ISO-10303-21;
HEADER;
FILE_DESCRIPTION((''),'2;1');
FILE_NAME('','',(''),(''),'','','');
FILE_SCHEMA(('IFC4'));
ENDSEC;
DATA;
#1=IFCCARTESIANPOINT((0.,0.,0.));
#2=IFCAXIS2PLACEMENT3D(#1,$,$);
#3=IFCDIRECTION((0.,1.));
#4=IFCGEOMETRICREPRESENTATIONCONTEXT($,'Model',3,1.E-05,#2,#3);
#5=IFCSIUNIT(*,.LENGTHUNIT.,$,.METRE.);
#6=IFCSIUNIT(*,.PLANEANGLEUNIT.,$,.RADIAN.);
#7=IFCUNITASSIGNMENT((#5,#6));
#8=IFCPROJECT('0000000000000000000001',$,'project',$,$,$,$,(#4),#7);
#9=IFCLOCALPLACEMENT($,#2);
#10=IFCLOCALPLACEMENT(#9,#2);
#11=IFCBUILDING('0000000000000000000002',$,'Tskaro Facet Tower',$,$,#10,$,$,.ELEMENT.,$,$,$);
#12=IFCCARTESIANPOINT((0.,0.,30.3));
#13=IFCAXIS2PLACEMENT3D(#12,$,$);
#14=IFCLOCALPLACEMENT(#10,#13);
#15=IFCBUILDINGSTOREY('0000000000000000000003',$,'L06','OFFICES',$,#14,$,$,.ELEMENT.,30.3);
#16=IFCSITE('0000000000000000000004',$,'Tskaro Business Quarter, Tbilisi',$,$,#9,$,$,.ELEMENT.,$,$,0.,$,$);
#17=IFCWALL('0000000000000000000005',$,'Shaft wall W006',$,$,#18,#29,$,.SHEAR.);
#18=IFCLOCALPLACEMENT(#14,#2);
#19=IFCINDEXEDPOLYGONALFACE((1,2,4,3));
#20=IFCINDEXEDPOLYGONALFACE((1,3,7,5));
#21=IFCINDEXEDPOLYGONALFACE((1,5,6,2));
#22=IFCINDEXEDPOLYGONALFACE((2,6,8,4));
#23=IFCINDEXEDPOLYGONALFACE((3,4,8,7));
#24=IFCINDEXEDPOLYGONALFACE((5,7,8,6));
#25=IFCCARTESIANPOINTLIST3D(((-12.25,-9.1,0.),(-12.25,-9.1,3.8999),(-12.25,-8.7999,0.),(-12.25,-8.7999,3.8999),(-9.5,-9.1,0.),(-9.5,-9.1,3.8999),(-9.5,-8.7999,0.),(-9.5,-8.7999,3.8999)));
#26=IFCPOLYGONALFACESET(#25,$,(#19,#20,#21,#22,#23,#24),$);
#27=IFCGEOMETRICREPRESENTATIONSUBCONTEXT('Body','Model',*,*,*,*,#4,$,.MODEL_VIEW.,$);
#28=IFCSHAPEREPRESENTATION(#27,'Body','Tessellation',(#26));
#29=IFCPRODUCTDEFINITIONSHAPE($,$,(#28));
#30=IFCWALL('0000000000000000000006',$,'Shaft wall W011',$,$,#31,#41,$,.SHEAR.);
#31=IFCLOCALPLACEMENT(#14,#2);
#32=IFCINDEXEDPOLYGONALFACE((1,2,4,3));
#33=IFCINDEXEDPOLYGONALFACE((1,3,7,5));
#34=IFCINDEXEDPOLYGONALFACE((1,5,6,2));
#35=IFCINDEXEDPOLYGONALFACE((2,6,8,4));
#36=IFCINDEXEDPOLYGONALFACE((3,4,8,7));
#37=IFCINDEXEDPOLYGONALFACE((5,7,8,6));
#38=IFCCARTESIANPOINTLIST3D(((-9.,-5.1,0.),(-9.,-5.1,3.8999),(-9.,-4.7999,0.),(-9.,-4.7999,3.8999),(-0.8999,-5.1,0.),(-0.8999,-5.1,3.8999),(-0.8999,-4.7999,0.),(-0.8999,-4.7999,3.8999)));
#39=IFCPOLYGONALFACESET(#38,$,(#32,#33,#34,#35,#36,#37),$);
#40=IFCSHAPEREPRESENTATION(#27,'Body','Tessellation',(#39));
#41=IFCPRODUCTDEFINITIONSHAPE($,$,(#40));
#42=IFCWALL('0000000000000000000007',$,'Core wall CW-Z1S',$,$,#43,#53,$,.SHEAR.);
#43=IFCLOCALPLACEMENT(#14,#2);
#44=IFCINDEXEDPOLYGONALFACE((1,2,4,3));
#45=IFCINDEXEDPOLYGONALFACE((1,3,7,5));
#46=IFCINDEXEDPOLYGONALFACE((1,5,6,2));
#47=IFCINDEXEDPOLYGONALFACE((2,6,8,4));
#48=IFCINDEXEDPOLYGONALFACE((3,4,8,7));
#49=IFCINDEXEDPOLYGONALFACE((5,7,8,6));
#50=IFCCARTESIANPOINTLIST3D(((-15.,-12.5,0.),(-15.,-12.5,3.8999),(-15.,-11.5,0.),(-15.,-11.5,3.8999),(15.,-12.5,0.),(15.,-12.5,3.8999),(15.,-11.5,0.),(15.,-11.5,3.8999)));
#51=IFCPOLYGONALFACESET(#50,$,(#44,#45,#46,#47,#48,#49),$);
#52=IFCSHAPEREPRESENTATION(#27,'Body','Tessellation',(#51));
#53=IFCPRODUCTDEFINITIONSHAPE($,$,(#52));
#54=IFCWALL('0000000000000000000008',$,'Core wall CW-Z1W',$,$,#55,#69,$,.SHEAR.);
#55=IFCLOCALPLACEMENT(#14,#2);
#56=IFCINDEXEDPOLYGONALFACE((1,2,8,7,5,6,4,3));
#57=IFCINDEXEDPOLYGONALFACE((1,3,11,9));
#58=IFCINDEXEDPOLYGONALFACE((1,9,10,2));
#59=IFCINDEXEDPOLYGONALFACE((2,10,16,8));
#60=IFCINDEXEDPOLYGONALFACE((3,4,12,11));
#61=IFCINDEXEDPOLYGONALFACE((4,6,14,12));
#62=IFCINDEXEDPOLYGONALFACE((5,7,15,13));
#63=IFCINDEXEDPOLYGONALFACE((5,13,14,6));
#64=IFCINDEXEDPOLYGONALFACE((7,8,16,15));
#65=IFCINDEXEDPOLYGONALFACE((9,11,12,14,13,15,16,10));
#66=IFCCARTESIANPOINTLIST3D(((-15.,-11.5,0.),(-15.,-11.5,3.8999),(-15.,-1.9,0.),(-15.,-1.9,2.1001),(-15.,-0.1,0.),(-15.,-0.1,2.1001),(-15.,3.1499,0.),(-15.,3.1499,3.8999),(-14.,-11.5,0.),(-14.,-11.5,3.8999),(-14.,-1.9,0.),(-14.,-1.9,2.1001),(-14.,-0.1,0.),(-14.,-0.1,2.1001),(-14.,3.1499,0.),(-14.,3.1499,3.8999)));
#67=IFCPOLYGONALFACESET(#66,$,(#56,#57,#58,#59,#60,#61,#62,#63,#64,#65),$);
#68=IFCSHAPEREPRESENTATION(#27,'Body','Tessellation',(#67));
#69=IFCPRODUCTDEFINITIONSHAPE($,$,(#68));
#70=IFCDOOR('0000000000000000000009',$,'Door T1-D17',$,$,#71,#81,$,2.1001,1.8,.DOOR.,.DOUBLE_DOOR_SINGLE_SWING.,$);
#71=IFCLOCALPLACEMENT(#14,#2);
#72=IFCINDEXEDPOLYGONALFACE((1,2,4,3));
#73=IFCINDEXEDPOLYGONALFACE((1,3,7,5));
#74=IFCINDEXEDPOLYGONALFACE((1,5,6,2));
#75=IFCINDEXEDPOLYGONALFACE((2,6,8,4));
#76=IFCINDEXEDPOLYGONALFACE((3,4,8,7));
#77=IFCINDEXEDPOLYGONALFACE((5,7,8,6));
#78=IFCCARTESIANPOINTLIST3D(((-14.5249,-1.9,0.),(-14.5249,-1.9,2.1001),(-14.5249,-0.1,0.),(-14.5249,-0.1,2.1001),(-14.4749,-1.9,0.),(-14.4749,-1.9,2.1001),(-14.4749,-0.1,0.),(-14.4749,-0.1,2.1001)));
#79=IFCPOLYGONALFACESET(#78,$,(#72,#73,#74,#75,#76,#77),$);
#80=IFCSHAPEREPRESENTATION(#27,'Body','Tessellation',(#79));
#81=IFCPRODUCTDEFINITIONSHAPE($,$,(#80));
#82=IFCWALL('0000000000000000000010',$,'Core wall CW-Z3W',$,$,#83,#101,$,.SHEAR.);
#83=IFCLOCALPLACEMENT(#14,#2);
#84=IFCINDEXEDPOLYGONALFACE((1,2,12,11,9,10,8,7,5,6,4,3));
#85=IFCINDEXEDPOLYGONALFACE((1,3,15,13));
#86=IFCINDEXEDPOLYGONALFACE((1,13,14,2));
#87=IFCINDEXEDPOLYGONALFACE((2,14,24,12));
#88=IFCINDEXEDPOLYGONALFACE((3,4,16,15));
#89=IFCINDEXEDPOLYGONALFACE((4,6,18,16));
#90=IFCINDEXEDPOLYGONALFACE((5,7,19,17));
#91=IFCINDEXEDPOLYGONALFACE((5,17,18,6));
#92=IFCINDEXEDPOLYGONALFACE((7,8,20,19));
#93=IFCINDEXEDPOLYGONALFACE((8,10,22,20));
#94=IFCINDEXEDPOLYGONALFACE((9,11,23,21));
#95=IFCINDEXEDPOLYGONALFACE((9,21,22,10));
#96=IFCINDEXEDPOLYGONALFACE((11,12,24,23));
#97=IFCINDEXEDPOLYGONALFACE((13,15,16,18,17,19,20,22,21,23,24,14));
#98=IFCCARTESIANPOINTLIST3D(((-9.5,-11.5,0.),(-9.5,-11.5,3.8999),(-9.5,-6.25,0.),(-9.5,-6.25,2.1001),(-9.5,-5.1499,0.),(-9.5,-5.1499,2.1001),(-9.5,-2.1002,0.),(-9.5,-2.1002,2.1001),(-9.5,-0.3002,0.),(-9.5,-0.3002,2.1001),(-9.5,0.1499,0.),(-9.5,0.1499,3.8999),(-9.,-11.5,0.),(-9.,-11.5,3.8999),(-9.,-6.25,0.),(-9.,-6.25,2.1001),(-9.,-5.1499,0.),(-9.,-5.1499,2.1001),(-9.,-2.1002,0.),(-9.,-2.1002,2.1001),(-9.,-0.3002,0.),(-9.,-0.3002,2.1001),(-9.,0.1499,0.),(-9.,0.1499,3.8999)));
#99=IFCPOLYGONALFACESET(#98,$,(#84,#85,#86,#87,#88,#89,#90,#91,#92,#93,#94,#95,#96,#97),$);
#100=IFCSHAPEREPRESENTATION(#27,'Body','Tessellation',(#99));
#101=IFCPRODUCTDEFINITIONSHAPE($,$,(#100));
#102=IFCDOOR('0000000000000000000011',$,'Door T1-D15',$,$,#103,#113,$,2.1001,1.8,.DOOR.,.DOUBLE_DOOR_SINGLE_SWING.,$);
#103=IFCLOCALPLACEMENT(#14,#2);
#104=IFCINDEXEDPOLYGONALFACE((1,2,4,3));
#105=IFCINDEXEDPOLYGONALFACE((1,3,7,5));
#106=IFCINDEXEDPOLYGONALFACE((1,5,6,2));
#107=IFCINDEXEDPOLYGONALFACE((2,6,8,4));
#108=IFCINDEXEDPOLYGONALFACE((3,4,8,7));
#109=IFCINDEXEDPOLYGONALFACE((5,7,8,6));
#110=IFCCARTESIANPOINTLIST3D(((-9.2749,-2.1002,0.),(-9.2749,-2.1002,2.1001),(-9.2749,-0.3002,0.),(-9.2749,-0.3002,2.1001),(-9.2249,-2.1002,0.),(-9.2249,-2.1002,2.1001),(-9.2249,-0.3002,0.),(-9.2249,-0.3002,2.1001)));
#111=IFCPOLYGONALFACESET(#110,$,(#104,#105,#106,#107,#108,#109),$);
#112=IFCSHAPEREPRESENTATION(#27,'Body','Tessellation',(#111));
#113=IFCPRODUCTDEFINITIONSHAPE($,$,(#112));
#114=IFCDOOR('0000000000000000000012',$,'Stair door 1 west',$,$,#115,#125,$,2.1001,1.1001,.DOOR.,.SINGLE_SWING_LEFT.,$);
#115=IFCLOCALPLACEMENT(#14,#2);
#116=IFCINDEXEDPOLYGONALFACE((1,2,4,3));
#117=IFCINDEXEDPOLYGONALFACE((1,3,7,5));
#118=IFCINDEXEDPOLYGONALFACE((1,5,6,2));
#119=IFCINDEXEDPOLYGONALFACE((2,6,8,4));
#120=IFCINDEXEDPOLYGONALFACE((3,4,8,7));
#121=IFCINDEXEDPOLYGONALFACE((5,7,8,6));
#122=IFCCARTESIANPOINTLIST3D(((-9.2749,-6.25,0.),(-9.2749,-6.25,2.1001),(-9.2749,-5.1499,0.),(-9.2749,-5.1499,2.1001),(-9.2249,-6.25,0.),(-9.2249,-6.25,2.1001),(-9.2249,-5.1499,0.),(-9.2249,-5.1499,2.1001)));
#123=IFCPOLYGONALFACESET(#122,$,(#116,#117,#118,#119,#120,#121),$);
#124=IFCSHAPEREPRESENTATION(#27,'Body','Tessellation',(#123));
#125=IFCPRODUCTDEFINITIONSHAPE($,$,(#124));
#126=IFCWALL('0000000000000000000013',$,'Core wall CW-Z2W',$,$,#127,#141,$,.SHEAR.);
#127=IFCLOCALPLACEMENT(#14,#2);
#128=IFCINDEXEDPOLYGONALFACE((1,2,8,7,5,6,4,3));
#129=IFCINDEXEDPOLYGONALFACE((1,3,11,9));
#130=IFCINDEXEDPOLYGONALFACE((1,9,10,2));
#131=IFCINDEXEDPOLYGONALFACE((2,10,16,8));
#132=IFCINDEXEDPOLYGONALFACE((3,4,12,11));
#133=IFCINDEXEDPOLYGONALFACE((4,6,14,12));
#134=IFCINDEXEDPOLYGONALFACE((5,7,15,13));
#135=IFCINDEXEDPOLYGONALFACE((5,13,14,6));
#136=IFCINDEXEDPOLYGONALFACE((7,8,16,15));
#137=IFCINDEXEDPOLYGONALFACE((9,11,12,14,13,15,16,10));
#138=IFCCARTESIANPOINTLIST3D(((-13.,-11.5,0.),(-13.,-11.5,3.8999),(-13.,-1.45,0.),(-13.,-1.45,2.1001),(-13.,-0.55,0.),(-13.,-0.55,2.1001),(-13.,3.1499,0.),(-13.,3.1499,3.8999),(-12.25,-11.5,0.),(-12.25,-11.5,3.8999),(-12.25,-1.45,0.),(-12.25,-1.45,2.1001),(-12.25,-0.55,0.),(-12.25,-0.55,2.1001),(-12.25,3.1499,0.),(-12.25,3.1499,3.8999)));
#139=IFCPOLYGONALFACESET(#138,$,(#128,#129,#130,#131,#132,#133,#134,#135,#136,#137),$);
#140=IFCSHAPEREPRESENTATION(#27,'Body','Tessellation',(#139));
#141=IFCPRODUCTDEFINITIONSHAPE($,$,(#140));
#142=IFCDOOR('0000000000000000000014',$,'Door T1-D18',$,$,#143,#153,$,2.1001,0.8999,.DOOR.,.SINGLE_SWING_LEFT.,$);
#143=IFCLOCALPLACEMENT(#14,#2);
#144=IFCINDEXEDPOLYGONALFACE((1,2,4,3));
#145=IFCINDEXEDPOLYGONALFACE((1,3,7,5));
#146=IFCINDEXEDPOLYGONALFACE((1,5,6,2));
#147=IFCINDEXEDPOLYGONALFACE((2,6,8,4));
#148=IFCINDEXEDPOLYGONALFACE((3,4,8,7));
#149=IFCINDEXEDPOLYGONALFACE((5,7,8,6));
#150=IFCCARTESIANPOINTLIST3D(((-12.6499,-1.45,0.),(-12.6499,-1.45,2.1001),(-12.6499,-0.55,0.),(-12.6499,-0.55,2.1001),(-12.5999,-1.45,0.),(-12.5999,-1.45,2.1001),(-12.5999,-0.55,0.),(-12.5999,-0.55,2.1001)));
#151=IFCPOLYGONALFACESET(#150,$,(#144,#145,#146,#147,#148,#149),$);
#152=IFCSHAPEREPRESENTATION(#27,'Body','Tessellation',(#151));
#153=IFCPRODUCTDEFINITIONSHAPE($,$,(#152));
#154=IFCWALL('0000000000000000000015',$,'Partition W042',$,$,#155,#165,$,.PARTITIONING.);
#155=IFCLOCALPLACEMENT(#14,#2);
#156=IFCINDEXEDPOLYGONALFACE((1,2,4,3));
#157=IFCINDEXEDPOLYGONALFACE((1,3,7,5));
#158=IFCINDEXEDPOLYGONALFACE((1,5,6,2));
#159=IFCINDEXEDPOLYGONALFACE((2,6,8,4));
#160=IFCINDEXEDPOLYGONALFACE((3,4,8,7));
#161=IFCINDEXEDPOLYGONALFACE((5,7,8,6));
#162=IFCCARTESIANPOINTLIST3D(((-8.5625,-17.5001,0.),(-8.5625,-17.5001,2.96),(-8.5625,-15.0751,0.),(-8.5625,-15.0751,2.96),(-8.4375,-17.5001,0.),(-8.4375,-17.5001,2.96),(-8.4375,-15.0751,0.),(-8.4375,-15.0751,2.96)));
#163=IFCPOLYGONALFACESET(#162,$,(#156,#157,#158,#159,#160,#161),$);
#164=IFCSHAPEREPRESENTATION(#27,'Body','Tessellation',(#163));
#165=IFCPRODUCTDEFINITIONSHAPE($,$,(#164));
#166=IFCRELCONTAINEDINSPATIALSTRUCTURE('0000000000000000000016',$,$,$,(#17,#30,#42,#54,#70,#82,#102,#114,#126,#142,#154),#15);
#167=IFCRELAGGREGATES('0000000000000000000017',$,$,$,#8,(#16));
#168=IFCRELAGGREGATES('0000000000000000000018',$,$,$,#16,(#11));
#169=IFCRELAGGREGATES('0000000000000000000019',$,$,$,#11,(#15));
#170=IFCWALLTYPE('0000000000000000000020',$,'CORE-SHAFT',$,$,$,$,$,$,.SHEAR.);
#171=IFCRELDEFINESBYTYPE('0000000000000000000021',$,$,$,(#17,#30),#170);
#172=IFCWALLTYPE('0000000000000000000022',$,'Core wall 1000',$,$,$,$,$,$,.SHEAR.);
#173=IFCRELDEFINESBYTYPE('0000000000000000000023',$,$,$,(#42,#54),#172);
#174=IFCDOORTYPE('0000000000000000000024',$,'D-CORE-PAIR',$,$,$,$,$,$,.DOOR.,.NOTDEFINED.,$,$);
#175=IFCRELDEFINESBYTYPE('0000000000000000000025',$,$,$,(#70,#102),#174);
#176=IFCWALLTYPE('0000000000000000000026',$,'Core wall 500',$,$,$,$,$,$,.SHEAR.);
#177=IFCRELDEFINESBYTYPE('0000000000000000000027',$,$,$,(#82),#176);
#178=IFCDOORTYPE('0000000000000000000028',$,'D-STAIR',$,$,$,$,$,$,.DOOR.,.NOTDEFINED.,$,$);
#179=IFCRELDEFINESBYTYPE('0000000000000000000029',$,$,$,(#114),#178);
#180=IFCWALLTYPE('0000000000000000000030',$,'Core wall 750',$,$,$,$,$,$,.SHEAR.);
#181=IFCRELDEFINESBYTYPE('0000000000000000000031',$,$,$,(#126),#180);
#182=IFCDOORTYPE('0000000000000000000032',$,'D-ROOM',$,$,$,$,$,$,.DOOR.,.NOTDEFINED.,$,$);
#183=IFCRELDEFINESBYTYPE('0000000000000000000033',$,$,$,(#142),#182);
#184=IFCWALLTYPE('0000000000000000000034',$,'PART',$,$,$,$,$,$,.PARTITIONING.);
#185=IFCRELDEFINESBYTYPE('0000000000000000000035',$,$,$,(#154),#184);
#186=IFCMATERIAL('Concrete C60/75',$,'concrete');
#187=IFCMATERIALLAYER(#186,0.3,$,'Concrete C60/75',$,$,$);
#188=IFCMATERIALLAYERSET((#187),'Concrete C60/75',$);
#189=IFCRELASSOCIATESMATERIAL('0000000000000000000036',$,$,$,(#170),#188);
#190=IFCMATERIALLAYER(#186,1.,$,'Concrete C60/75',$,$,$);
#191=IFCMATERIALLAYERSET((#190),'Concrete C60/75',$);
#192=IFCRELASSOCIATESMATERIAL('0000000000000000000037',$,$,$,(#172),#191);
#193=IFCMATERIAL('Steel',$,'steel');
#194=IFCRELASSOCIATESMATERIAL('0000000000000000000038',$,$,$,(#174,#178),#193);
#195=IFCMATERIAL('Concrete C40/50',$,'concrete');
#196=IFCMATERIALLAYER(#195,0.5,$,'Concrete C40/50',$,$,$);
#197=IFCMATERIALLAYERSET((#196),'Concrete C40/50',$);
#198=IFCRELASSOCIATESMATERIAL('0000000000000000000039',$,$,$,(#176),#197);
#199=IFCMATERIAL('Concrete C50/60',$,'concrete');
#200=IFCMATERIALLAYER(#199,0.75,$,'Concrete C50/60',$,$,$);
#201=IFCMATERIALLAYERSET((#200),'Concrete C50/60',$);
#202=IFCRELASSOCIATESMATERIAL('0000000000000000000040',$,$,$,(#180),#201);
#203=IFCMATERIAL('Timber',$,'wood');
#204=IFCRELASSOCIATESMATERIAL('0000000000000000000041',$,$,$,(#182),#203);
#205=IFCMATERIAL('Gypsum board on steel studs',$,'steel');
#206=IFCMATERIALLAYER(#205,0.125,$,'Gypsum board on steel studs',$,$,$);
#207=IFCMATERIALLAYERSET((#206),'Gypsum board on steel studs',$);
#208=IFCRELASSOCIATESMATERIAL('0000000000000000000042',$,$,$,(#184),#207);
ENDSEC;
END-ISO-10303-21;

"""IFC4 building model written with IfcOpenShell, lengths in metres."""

from ifc_helpers import new_model, si_unit, direction, frame, frame_2d, origin, place, context, subcontext, project, spatial, rectangle, extrude, material, layer, layer_set, type_object, element, fill, save


model = new_model("IFC4")

# Units and contexts
model_context = context("Model", 3, precision=1e-05, world=origin(), true_north=direction((0.0, 1.0)))
body_context = subcontext(model_context, "Body", "Model", "MODEL_VIEW")
ifc_project = project(units=[si_unit("LENGTHUNIT", "METRE"), si_unit("PLANEANGLEUNIT", "RADIAN")], contexts=[model_context])

# Site, building, storey
site_placement = place(None, origin())
site = spatial("IfcSite", under=ifc_project, at=site_placement, Name="Tskaro Business Quarter, Tbilisi", CompositionType="ELEMENT", RefElevation=0.0)
building_placement = place(site_placement, origin())
building = spatial("IfcBuilding", under=site, at=building_placement, Name="Tskaro Facet Tower", CompositionType="ELEMENT")
storey_placement = place(building_placement, frame((0.0, 0.0, 30.3)))
storey = spatial("IfcBuildingStorey", under=building, at=storey_placement, Name="L06", Description="OFFICES", CompositionType="ELEMENT", Elevation=30.3)

# Walls
ifc_material_1 = material(Name="Concrete C60/75", Category="concrete")
ifc_layer_1 = layer(ifc_material_1, 0.3, Name="Concrete C60/75")
ifc_layer_set_1 = layer_set([ifc_layer_1], Name="Concrete C60/75")
wall_type_1 = type_object("IfcWallType", Name="CORE-SHAFT", PredefinedType="SHEAR", material=ifc_layer_set_1)
wall_1_placement = place(storey_placement, frame((-12.25, -8.95, 0.0), z_axis=(0.0, 0.0, 1.0), x_axis=(1.0, 0.0, 0.0)))
element("IfcWall", 1, at=wall_1_placement, inside=storey, type_object=wall_type_1, Name="Shaft wall W006", PredefinedType="SHEAR", context=body_context, shape_type="SweptSolid", body=[
    extrude(rectangle(XDim=2.75, YDim=0.3, at=frame_2d((1.375, 0.0))), origin(), (0.0, 0.0, 1.0), 3.8999),
])
wall_2_placement = place(storey_placement, frame((-9.0, -4.95, 0.0), z_axis=(0.0, 0.0, 1.0), x_axis=(1.0, 0.0, 0.0)))
element("IfcWall", 2, at=wall_2_placement, inside=storey, type_object=wall_type_1, Name="Shaft wall W011", PredefinedType="SHEAR", context=body_context, shape_type="SweptSolid", body=[
    extrude(rectangle(XDim=8.1001, YDim=0.3, at=frame_2d((4.05, 0.0))), origin(), (0.0, 0.0, 1.0), 3.8999),
])
ifc_layer_2 = layer(ifc_material_1, 1.0, Name="Concrete C60/75")
ifc_layer_set_2 = layer_set([ifc_layer_2], Name="Concrete C60/75")
wall_type_2 = type_object("IfcWallType", Name="Core wall 1000", PredefinedType="SHEAR", material=ifc_layer_set_2)
wall_3_placement = place(storey_placement, frame((-15.0, -12.0, 0.0), z_axis=(0.0, 0.0, 1.0), x_axis=(1.0, 0.0, 0.0)))
element("IfcWall", 3, at=wall_3_placement, inside=storey, type_object=wall_type_2, Name="Core wall CW-Z1S", PredefinedType="SHEAR", context=body_context, shape_type="SweptSolid", body=[
    extrude(rectangle(XDim=30.0, YDim=1.0, at=frame_2d((15.0, 0.0))), origin(), (0.0, 0.0, 1.0), 3.8999),
])

# Wall, opening, door
wall_4_placement = place(storey_placement, frame((-14.5, -11.5, 0.0), z_axis=(0.0, 0.0, 1.0), x_axis=(0.0, 1.0, 0.0)))
wall_4 = element("IfcWall", 4, at=wall_4_placement, inside=storey, type_object=wall_type_2, Name="Core wall CW-Z1W", PredefinedType="SHEAR", context=body_context, shape_type="SweptSolid", body=[
    extrude(rectangle(XDim=14.6499, YDim=1.0, at=frame_2d((7.325, 0.0))), origin(), (0.0, 0.0, 1.0), 3.8999),
])
opening_1_placement = place(wall_4_placement, frame((9.6001, 0.0, 0.0)))
opening_1 = element("IfcOpeningElement", 5, at=opening_1_placement, cuts=wall_4, PredefinedType="OPENING", context=body_context, shape_type="SweptSolid", body=[
    extrude(rectangle(XDim=1.8, YDim=2.1001, at=frame_2d((0.8999, 1.05))), frame((0.0, 0.51, 0.0), z_axis=(0.0, -1.0, 0.0), x_axis=(1.0, 0.0, 0.0)), (0.0, 0.0, 1.0), 1.02),
])
ifc_material_2 = material(Name="Steel", Category="steel")
door_type_1 = type_object("IfcDoorType", Name="D-CORE-PAIR", OperationType="NOTDEFINED", PredefinedType="DOOR", material=ifc_material_2)
door_1_placement = place(opening_1_placement, origin())
door_1 = element("IfcDoor", 6, at=door_1_placement, inside=storey, type_object=door_type_1, Name="Door T1-D17", OperationType="DOUBLE_DOOR_SINGLE_SWING", OverallHeight=2.1001, OverallWidth=1.8, PredefinedType="DOOR", context=body_context, shape_type="SweptSolid", body=[
    extrude(rectangle(XDim=1.8, YDim=2.1001, at=frame_2d((0.8999, 1.05))), frame((0.0, 0.0249, 0.0), z_axis=(0.0, -1.0, 0.0), x_axis=(1.0, 0.0, 0.0)), (0.0, 0.0, 1.0), 0.05),
])
fill(opening_1, door_1)

# Wall, openings, doors
ifc_material_3 = material(Name="Concrete C40/50", Category="concrete")
ifc_layer_3 = layer(ifc_material_3, 0.5, Name="Concrete C40/50")
ifc_layer_set_3 = layer_set([ifc_layer_3], Name="Concrete C40/50")
wall_type_3 = type_object("IfcWallType", Name="Core wall 500", PredefinedType="SHEAR", material=ifc_layer_set_3)
wall_5_placement = place(storey_placement, frame((-9.25, -11.5, 0.0), z_axis=(0.0, 0.0, 1.0), x_axis=(0.0, 1.0, 0.0)))
wall_5 = element("IfcWall", 7, at=wall_5_placement, inside=storey, type_object=wall_type_3, Name="Core wall CW-Z3W", PredefinedType="SHEAR", context=body_context, shape_type="SweptSolid", body=[
    extrude(rectangle(XDim=11.6499, YDim=0.5, at=frame_2d((5.825, 0.0))), origin(), (0.0, 0.0, 1.0), 3.8999),
])
opening_2_placement = place(wall_5_placement, frame((9.3999, 0.0, 0.0)))
opening_2 = element("IfcOpeningElement", 8, at=opening_2_placement, cuts=wall_5, PredefinedType="OPENING", context=body_context, shape_type="SweptSolid", body=[
    extrude(rectangle(XDim=1.8, YDim=2.1001, at=frame_2d((0.8999, 1.05))), frame((0.0, 0.26, 0.0), z_axis=(0.0, -1.0, 0.0), x_axis=(1.0, 0.0, 0.0)), (0.0, 0.0, 1.0), 0.52),
])
opening_3_placement = place(wall_5_placement, frame((5.25, 0.0, 0.0)))
opening_3 = element("IfcOpeningElement", 9, at=opening_3_placement, cuts=wall_5, PredefinedType="OPENING", context=body_context, shape_type="SweptSolid", body=[
    extrude(rectangle(XDim=1.1001, YDim=2.1001, at=frame_2d((0.55, 1.05))), frame((0.0, 0.26, 0.0), z_axis=(0.0, -1.0, 0.0), x_axis=(1.0, 0.0, 0.0)), (0.0, 0.0, 1.0), 0.52),
])
door_2_placement = place(opening_2_placement, origin())
door_2 = element("IfcDoor", 10, at=door_2_placement, inside=storey, type_object=door_type_1, Name="Door T1-D15", OperationType="DOUBLE_DOOR_SINGLE_SWING", OverallHeight=2.1001, OverallWidth=1.8, PredefinedType="DOOR", context=body_context, shape_type="SweptSolid", body=[
    extrude(rectangle(XDim=1.8, YDim=2.1001, at=frame_2d((0.8999, 1.05))), frame((0.0, 0.0249, 0.0), z_axis=(0.0, -1.0, 0.0), x_axis=(1.0, 0.0, 0.0)), (0.0, 0.0, 1.0), 0.05),
])
fill(opening_2, door_2)
door_type_2 = type_object("IfcDoorType", Name="D-STAIR", OperationType="NOTDEFINED", PredefinedType="DOOR", material=ifc_material_2)
door_3_placement = place(opening_3_placement, origin())
door_3 = element("IfcDoor", 11, at=door_3_placement, inside=storey, type_object=door_type_2, Name="Stair door 1 west", OperationType="SINGLE_SWING_LEFT", OverallHeight=2.1001, OverallWidth=1.1001, PredefinedType="DOOR", context=body_context, shape_type="SweptSolid", body=[
    extrude(rectangle(XDim=1.1001, YDim=2.1001, at=frame_2d((0.55, 1.05))), frame((0.0, 0.0249, 0.0), z_axis=(0.0, -1.0, 0.0), x_axis=(1.0, 0.0, 0.0)), (0.0, 0.0, 1.0), 0.05),
])
fill(opening_3, door_3)

# Wall, opening, door
ifc_material_4 = material(Name="Concrete C50/60", Category="concrete")
ifc_layer_4 = layer(ifc_material_4, 0.75, Name="Concrete C50/60")
ifc_layer_set_4 = layer_set([ifc_layer_4], Name="Concrete C50/60")
wall_type_4 = type_object("IfcWallType", Name="Core wall 750", PredefinedType="SHEAR", material=ifc_layer_set_4)
wall_6_placement = place(storey_placement, frame((-12.625, -11.5, 0.0), z_axis=(0.0, 0.0, 1.0), x_axis=(0.0, 1.0, 0.0)))
wall_6 = element("IfcWall", 12, at=wall_6_placement, inside=storey, type_object=wall_type_4, Name="Core wall CW-Z2W", PredefinedType="SHEAR", context=body_context, shape_type="SweptSolid", body=[
    extrude(rectangle(XDim=14.6499, YDim=0.75, at=frame_2d((7.325, 0.0))), origin(), (0.0, 0.0, 1.0), 3.8999),
])
opening_4_placement = place(wall_6_placement, frame((10.05, 0.0, 0.0)))
opening_4 = element("IfcOpeningElement", 13, at=opening_4_placement, cuts=wall_6, PredefinedType="OPENING", context=body_context, shape_type="SweptSolid", body=[
    extrude(rectangle(XDim=0.8999, YDim=2.1001, at=frame_2d((0.45, 1.05))), frame((0.0, 0.385, 0.0), z_axis=(0.0, -1.0, 0.0), x_axis=(1.0, 0.0, 0.0)), (0.0, 0.0, 1.0), 0.77),
])
ifc_material_5 = material(Name="Timber", Category="wood")
door_type_3 = type_object("IfcDoorType", Name="D-ROOM", OperationType="NOTDEFINED", PredefinedType="DOOR", material=ifc_material_5)
door_4_placement = place(opening_4_placement, origin())
door_4 = element("IfcDoor", 14, at=door_4_placement, inside=storey, type_object=door_type_3, Name="Door T1-D18", OperationType="SINGLE_SWING_LEFT", OverallHeight=2.1001, OverallWidth=0.8999, PredefinedType="DOOR", context=body_context, shape_type="SweptSolid", body=[
    extrude(rectangle(XDim=0.8999, YDim=2.1001, at=frame_2d((0.45, 1.05))), frame((0.0, 0.0249, 0.0), z_axis=(0.0, -1.0, 0.0), x_axis=(1.0, 0.0, 0.0)), (0.0, 0.0, 1.0), 0.05),
])
fill(opening_4, door_4)

# Wall
ifc_material_6 = material(Name="Gypsum board on steel studs", Category="steel")
ifc_layer_5 = layer(ifc_material_6, 0.125, Name="Gypsum board on steel studs")
ifc_layer_set_5 = layer_set([ifc_layer_5], Name="Gypsum board on steel studs")
wall_type_5 = type_object("IfcWallType", Name="PART", PredefinedType="PARTITIONING", material=ifc_layer_set_5)
wall_7_placement = place(storey_placement, frame((-8.5, -17.5, 0.0), z_axis=(0.0, 0.0, 1.0), x_axis=(0.0, 1.0, 0.0)))
element("IfcWall", 15, at=wall_7_placement, inside=storey, type_object=wall_type_5, Name="Partition W042", PredefinedType="PARTITIONING", context=body_context, shape_type="SweptSolid", body=[
    extrude(rectangle(XDim=2.425, YDim=0.125, at=frame_2d((1.2124, 0.0))), origin(), (0.0, 0.0, 1.0), 2.96),
])

save(model, "model.ifc")
